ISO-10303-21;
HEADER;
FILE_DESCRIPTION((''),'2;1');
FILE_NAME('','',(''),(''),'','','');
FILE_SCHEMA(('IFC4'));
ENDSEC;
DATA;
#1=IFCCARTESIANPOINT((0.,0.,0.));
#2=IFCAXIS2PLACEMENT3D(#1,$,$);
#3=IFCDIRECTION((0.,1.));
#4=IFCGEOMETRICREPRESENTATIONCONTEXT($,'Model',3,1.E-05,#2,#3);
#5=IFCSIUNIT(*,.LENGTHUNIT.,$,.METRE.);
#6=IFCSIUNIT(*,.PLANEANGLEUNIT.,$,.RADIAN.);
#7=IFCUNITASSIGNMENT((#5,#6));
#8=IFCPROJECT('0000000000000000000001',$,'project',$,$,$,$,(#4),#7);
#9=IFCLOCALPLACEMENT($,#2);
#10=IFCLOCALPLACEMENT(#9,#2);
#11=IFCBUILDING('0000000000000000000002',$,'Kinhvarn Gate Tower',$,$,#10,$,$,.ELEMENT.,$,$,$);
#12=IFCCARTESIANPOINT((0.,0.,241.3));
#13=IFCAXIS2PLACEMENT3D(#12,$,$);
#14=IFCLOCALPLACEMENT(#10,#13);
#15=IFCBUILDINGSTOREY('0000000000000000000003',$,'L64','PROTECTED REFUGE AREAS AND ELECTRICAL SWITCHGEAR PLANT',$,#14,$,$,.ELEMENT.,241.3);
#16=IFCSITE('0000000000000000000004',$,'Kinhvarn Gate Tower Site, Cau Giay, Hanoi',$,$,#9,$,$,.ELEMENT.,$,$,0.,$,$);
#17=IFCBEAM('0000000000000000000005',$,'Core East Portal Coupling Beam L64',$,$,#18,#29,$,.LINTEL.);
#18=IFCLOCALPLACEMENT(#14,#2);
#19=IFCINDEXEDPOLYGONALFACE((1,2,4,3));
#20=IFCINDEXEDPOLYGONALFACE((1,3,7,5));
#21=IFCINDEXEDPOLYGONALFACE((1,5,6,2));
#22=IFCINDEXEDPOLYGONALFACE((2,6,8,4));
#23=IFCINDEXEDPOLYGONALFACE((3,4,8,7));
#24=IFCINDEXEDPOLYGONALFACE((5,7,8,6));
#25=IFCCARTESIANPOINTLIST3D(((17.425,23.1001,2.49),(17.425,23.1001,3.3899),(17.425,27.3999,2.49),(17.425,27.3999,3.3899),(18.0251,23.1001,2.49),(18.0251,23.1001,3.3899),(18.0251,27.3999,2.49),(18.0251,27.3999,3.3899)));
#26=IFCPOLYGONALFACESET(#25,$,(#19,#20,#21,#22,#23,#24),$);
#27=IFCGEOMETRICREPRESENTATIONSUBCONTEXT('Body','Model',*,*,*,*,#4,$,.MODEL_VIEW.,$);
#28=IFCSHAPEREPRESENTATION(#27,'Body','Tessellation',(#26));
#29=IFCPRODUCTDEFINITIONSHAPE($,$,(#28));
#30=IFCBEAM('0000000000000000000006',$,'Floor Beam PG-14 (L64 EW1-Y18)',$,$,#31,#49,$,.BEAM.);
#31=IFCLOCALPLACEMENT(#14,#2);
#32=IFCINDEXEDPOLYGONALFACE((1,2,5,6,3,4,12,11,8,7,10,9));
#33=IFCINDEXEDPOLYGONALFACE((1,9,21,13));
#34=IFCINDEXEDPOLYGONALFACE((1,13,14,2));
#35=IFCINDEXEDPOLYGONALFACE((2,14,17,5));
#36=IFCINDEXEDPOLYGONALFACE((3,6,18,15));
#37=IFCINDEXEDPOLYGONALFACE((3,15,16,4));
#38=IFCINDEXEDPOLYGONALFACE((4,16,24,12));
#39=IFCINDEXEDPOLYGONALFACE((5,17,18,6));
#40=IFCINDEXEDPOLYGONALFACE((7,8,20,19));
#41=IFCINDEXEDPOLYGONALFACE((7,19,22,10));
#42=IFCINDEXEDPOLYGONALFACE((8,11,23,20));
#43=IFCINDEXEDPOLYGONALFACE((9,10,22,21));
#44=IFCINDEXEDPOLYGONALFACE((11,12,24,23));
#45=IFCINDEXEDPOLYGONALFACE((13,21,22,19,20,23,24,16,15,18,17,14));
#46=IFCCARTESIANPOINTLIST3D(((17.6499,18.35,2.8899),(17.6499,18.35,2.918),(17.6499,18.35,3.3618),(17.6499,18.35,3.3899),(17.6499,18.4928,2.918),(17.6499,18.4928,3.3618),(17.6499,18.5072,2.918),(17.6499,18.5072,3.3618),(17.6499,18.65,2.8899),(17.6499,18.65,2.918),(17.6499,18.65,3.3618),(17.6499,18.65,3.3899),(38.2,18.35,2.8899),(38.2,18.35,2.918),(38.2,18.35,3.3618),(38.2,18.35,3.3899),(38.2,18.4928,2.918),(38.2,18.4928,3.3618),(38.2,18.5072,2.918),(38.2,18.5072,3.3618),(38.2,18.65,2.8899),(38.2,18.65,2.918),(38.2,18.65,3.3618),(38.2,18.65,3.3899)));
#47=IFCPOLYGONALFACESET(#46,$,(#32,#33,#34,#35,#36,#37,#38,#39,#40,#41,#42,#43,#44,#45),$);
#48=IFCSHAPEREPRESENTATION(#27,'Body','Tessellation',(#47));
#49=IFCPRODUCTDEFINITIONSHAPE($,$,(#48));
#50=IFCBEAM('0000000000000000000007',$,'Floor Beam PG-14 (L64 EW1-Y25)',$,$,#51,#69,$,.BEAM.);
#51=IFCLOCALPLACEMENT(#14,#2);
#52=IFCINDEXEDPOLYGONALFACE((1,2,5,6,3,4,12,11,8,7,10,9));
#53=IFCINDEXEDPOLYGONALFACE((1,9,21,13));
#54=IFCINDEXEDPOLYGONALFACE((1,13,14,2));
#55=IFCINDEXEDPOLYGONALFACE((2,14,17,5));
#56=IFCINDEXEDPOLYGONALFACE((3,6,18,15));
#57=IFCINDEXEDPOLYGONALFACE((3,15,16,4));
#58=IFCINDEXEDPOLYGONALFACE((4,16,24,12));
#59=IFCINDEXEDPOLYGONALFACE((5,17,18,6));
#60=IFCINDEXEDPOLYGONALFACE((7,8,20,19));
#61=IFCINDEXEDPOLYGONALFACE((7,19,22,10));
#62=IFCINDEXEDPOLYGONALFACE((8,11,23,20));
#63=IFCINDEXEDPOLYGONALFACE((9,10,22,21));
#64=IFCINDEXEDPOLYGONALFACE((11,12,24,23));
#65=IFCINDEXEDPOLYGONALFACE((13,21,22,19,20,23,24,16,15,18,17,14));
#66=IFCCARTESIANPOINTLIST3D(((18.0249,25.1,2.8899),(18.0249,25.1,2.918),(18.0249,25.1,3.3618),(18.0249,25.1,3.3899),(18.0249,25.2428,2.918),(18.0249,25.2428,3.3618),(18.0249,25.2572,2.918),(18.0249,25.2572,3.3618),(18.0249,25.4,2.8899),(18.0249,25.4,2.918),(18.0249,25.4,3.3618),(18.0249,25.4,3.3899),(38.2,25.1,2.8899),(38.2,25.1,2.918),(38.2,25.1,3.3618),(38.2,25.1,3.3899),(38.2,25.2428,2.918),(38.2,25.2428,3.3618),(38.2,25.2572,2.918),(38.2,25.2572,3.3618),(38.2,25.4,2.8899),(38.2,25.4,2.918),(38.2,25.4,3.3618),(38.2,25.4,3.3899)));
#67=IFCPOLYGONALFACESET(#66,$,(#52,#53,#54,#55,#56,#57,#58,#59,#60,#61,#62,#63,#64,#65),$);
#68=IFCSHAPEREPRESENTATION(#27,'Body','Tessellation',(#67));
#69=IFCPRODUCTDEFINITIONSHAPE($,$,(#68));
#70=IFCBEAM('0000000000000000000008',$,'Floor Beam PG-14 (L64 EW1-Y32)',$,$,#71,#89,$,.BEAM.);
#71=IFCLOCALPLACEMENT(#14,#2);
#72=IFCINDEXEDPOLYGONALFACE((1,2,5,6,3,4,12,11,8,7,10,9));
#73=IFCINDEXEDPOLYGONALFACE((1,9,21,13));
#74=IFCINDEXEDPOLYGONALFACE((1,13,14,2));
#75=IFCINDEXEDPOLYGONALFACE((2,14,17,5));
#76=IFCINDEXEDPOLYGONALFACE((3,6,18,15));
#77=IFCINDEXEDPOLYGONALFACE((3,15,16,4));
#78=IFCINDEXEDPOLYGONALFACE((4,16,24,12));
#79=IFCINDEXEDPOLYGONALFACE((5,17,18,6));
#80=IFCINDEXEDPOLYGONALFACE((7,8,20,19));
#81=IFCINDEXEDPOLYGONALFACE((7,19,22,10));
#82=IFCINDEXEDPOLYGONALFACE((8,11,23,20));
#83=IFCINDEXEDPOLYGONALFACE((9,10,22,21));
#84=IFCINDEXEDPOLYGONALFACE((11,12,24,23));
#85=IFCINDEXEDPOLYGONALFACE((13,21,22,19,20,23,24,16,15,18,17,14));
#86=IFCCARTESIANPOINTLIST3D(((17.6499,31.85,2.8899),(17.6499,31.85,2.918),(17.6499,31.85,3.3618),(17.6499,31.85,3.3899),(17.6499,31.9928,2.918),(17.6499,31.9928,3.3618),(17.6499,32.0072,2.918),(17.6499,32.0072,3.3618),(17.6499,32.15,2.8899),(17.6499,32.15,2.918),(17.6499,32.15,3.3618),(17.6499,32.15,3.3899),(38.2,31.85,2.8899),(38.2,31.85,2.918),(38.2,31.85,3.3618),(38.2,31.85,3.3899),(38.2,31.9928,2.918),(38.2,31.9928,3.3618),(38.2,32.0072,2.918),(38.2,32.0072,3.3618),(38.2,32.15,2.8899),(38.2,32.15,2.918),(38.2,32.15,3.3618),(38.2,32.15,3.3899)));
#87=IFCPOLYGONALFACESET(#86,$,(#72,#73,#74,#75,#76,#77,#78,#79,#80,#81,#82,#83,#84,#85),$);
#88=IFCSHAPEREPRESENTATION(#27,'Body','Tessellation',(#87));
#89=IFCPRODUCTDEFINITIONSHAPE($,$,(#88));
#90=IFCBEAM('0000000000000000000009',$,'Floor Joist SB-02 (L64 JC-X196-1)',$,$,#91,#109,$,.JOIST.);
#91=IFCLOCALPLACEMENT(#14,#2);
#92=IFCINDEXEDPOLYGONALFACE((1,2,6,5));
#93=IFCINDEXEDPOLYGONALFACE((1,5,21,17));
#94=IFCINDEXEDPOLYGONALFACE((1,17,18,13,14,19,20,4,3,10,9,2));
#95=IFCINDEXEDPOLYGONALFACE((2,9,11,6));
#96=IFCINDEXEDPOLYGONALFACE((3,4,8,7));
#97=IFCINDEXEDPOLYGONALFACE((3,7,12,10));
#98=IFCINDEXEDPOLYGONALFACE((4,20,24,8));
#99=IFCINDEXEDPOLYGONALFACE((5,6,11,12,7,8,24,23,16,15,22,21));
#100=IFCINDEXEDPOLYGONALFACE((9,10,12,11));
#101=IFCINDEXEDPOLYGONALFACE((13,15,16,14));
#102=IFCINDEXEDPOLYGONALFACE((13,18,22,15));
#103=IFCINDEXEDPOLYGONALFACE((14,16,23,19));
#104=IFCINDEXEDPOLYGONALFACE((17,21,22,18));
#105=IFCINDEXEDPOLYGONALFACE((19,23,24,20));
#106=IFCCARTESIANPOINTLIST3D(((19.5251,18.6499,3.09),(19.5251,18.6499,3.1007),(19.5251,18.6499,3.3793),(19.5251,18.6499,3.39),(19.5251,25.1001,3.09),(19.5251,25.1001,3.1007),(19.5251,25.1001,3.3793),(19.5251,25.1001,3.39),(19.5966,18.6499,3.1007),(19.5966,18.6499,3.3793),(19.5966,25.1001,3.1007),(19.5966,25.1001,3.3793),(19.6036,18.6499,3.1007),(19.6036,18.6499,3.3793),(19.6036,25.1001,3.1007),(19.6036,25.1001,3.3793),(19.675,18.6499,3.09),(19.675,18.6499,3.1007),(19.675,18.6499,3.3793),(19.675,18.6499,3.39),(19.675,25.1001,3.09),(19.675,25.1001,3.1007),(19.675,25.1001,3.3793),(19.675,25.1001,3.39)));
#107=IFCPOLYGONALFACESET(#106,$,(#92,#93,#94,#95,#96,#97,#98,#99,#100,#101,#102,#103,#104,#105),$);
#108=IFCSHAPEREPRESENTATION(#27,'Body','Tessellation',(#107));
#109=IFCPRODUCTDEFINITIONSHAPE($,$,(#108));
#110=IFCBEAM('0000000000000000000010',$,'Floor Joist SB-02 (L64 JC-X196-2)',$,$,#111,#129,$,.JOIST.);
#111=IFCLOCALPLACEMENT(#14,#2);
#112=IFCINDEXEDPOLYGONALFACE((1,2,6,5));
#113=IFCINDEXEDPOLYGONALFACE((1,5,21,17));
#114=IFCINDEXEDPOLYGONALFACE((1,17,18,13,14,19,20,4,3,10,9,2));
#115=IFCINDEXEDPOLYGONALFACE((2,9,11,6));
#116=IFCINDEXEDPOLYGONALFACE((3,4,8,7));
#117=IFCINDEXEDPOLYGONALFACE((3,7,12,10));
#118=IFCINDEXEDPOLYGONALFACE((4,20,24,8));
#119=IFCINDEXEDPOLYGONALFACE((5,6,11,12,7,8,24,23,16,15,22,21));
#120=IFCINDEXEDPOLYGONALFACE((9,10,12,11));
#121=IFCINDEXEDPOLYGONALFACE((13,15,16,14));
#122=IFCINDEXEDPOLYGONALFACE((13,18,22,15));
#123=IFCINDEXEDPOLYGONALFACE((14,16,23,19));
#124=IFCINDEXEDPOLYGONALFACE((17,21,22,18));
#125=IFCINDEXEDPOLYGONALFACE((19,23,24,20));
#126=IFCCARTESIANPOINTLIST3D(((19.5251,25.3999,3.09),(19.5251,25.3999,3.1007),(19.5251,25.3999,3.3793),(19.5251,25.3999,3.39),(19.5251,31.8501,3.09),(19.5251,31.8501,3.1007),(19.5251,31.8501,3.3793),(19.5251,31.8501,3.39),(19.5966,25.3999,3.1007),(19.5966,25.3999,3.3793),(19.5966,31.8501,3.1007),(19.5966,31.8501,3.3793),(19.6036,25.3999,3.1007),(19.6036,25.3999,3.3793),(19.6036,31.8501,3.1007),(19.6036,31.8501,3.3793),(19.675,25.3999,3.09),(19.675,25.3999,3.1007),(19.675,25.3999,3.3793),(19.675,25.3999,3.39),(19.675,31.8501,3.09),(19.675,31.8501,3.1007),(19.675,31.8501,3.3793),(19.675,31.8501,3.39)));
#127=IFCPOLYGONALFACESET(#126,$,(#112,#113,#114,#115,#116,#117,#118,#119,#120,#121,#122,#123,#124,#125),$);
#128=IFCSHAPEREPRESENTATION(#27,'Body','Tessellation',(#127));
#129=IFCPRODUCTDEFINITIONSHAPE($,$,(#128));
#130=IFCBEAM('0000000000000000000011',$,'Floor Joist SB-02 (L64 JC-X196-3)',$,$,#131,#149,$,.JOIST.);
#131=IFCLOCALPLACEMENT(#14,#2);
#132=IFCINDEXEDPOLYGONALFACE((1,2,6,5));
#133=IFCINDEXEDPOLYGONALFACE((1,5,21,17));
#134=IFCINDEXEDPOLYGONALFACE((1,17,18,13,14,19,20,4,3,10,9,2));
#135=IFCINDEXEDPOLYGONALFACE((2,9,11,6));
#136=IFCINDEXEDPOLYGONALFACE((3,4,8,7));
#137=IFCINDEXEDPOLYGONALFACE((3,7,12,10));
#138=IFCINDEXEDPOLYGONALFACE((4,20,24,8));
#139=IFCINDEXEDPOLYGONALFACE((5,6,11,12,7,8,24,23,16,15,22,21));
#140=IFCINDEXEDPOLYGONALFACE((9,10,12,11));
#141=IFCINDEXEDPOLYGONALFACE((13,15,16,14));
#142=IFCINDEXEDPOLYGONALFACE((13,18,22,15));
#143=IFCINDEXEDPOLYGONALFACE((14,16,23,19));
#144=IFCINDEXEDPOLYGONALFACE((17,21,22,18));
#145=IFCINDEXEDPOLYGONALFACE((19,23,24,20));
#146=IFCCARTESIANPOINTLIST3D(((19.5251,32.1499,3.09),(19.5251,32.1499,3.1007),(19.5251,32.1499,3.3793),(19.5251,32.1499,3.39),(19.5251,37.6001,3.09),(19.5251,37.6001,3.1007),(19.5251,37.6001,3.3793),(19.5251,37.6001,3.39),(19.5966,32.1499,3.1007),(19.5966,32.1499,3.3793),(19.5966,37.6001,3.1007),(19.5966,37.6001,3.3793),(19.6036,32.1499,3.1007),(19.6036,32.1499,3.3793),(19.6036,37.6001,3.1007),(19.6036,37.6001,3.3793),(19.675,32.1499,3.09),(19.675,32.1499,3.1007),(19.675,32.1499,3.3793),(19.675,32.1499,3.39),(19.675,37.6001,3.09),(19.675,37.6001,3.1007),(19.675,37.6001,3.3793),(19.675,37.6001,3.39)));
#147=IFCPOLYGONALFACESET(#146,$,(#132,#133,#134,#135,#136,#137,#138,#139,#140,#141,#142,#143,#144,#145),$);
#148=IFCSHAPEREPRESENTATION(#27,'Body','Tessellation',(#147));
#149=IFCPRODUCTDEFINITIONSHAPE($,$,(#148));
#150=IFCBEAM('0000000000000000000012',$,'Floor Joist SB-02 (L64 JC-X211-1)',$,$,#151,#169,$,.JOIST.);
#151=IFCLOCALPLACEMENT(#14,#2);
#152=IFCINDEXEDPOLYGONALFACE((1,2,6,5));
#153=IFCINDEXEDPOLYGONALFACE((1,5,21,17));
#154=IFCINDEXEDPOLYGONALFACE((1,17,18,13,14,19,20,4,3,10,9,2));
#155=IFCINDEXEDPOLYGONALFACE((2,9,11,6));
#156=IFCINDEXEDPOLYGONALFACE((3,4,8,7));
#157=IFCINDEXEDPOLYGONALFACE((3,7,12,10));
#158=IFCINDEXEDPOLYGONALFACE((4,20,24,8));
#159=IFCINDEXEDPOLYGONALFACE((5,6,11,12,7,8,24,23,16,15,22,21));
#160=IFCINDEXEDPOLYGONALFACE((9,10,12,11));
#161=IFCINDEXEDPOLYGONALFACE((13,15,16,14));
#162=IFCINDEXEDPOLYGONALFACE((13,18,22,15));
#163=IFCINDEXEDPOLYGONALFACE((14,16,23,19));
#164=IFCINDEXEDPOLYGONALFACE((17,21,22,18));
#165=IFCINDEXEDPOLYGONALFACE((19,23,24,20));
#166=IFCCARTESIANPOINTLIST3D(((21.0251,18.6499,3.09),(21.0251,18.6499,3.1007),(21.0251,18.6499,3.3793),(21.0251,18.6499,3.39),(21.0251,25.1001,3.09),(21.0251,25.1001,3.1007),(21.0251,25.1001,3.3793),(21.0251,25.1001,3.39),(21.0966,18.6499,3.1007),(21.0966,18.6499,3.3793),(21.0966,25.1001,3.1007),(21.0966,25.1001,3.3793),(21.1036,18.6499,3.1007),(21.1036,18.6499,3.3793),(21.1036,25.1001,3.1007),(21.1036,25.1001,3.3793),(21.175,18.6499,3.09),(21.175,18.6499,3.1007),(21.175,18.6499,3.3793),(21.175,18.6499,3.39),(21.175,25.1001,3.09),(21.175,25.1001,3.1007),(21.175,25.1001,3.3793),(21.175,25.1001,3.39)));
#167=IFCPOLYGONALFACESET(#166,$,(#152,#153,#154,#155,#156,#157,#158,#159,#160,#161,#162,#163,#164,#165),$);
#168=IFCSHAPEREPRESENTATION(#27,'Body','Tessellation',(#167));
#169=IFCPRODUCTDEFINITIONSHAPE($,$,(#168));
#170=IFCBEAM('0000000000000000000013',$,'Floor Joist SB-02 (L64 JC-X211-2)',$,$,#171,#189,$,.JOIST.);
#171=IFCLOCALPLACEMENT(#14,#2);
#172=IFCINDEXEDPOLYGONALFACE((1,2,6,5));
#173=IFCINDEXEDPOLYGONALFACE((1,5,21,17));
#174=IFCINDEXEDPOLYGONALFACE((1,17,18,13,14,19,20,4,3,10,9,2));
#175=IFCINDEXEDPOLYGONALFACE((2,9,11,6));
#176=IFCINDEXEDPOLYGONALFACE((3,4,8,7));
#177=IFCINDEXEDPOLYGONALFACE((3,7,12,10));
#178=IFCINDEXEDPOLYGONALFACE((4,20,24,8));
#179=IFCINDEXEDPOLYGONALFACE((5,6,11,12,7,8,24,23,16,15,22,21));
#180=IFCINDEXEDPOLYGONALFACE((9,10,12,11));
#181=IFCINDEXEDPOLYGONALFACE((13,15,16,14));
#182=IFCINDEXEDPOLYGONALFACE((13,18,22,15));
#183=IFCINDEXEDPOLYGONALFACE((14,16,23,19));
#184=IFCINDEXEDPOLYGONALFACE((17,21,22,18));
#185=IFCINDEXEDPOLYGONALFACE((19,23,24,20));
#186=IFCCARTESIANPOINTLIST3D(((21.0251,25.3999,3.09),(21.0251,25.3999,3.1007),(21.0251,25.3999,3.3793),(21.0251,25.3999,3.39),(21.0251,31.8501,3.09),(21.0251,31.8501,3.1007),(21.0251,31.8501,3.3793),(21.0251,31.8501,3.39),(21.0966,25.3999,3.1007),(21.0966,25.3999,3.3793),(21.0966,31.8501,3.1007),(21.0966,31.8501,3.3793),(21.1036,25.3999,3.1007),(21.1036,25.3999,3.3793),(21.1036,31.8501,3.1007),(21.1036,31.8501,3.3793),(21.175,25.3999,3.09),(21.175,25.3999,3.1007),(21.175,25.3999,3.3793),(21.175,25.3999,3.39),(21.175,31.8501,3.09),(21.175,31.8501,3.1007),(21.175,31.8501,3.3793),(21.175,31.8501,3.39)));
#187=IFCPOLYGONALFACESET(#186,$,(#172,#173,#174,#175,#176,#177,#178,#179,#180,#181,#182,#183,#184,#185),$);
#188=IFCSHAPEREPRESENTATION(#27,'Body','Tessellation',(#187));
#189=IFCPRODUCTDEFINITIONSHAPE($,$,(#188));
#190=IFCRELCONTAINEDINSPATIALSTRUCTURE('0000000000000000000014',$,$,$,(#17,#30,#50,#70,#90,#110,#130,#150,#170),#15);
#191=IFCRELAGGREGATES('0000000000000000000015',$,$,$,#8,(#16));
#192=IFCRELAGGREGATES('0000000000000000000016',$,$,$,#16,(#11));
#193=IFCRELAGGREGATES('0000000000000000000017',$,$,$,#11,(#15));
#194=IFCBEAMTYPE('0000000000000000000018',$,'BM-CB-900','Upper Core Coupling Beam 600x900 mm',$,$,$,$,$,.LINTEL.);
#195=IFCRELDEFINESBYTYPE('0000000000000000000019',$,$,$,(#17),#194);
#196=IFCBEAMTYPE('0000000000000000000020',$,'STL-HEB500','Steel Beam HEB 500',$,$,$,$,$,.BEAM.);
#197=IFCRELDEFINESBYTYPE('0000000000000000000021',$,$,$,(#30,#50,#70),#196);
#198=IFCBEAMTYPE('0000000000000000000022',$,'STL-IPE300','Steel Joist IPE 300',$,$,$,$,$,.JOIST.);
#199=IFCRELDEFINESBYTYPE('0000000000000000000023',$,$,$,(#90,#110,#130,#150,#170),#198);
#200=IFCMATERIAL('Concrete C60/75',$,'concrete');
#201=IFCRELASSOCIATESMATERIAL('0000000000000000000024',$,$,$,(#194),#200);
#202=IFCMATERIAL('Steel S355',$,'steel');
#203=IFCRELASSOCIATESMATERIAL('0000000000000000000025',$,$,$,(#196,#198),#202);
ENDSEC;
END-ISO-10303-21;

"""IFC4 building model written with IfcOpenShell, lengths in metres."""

from ifc_helpers import new_model, si_unit, direction, frame, origin, origin_2d, place, context, subcontext, project, spatial, rectangle, i_section, extrude, material, material_profile, profile_set, type_object, element, save


model = new_model("IFC4")

# Units and contexts
model_context = context("Model", 3, precision=1e-05, world=origin(), true_north=direction((0.0, 1.0)))
body_context = subcontext(model_context, "Body", "Model", "MODEL_VIEW")
ifc_project = project(units=[si_unit("LENGTHUNIT", "METRE"), si_unit("PLANEANGLEUNIT", "RADIAN")], contexts=[model_context])

# Site, building, storey
site_placement = place(None, origin())
site = spatial("IfcSite", under=ifc_project, at=site_placement, Name="Kinhvarn Gate Tower Site, Cau Giay, Hanoi", CompositionType="ELEMENT", RefElevation=0.0)
building_placement = place(site_placement, origin())
building = spatial("IfcBuilding", under=site, at=building_placement, Name="Kinhvarn Gate Tower", CompositionType="ELEMENT")
storey_placement = place(building_placement, frame((0.0, 0.0, 241.3)))
storey = spatial("IfcBuildingStorey", under=building, at=storey_placement, Name="L64", Description="PROTECTED REFUGE AREAS AND ELECTRICAL SWITCHGEAR PLANT", CompositionType="ELEMENT", Elevation=241.3)

# Beams
ifc_material_1 = material(Name="Concrete C60/75", Category="concrete")
ifc_material_profile_1 = material_profile(ifc_material_1, rectangle(XDim=0.6001, YDim=0.8999, at=origin_2d()), Name="RC 600x900")
ifc_profile_set_1 = profile_set([ifc_material_profile_1], Name="Concrete C60/75")
beam_type_1 = type_object("IfcBeamType", Name="BM-CB-900", Description="Upper Core Coupling Beam 600x900 mm", PredefinedType="LINTEL", material=ifc_profile_set_1)
beam_1_placement = place(storey_placement, frame((17.7251, 23.1001, 2.9399), z_axis=(0.0, 1.0, 0.0), x_axis=(-1.0, 0.0, 0.0)))
element("IfcBeam", 1, at=beam_1_placement, inside=storey, type_object=beam_type_1, Name="Core East Portal Coupling Beam L64", PredefinedType="LINTEL", context=body_context, shape_type="SweptSolid", body=[
    extrude(rectangle(XDim=0.6001, YDim=0.8999, at=origin_2d()), origin(), (0.0, 0.0, 1.0), 4.2998),
])
ifc_material_2 = material(Name="Steel S355", Category="steel")
ifc_material_profile_2 = material_profile(ifc_material_2, i_section(OverallWidth=0.3, OverallDepth=0.5, WebThickness=0.0144, FlangeThickness=0.0281, at=origin_2d()), Name="HEB 500")
ifc_profile_set_2 = profile_set([ifc_material_profile_2], Name="Steel S355")
beam_type_2 = type_object("IfcBeamType", Name="STL-HEB500", Description="Steel Beam HEB 500", PredefinedType="BEAM", material=ifc_profile_set_2)
beam_2_placement = place(storey_placement, frame((17.6499, 18.5, 3.1399), z_axis=(1.0, 0.0, 0.0), x_axis=(0.0, 1.0, 0.0)))
element("IfcBeam", 2, at=beam_2_placement, inside=storey, type_object=beam_type_2, Name="Floor Beam PG-14 (L64 EW1-Y18)", PredefinedType="BEAM", context=body_context, shape_type="SweptSolid", body=[
    extrude(i_section(OverallWidth=0.3, OverallDepth=0.5, WebThickness=0.0144, FlangeThickness=0.0281, at=origin_2d()), origin(), (0.0, 0.0, 1.0), 20.55),
])
beam_3_placement = place(storey_placement, frame((18.0249, 25.25, 3.1399), z_axis=(1.0, 0.0, 0.0), x_axis=(0.0, 1.0, 0.0)))
element("IfcBeam", 3, at=beam_3_placement, inside=storey, type_object=beam_type_2, Name="Floor Beam PG-14 (L64 EW1-Y25)", PredefinedType="BEAM", context=body_context, shape_type="SweptSolid", body=[
    extrude(i_section(OverallWidth=0.3, OverallDepth=0.5, WebThickness=0.0144, FlangeThickness=0.0281, at=origin_2d()), origin(), (0.0, 0.0, 1.0), 20.175),
])
beam_4_placement = place(storey_placement, frame((17.6499, 32.0, 3.1399), z_axis=(1.0, 0.0, 0.0), x_axis=(0.0, 1.0, 0.0)))
element("IfcBeam", 4, at=beam_4_placement, inside=storey, type_object=beam_type_2, Name="Floor Beam PG-14 (L64 EW1-Y32)", PredefinedType="BEAM", context=body_context, shape_type="SweptSolid", body=[
    extrude(i_section(OverallWidth=0.3, OverallDepth=0.5, WebThickness=0.0144, FlangeThickness=0.0281, at=origin_2d()), origin(), (0.0, 0.0, 1.0), 20.55),
])
ifc_material_profile_3 = material_profile(ifc_material_2, i_section(OverallWidth=0.1499, OverallDepth=0.3, WebThickness=0.0071, FlangeThickness=0.0107, at=origin_2d()), Name="IPE 300")
ifc_profile_set_3 = profile_set([ifc_material_profile_3], Name="Steel S355")
beam_type_3 = type_object("IfcBeamType", Name="STL-IPE300", Description="Steel Joist IPE 300", PredefinedType="JOIST", material=ifc_profile_set_3)
for number, where, z_axis, x_axis, name in (
    (5, (19.6001, 18.6499, 3.24), (0.0, 1.0, 0.0), (-1.0, 0.0, 0.0), "Floor Joist SB-02 (L64 JC-X196-1)"),
    (6, (19.6001, 25.3999, 3.24), (0.0, 1.0, 0.0), (-1.0, 0.0, 0.0), "Floor Joist SB-02 (L64 JC-X196-2)"),
):
    element("IfcBeam", number, at=place(storey_placement, frame(where, z_axis=z_axis, x_axis=x_axis)), inside=storey, type_object=beam_type_3, Name=name, PredefinedType="JOIST", context=body_context, shape_type="SweptSolid", body=[
        extrude(i_section(OverallWidth=0.1499, OverallDepth=0.3, WebThickness=0.0071, FlangeThickness=0.0107, at=origin_2d()), origin(), (0.0, 0.0, 1.0), 6.4502),
    ])
beam_5_placement = place(storey_placement, frame((19.6001, 32.1499, 3.24), z_axis=(0.0, 1.0, 0.0), x_axis=(-1.0, 0.0, 0.0)))
element("IfcBeam", 7, at=beam_5_placement, inside=storey, type_object=beam_type_3, Name="Floor Joist SB-02 (L64 JC-X196-3)", PredefinedType="JOIST", context=body_context, shape_type="SweptSolid", body=[
    extrude(i_section(OverallWidth=0.1499, OverallDepth=0.3, WebThickness=0.0071, FlangeThickness=0.0107, at=origin_2d()), origin(), (0.0, 0.0, 1.0), 5.4502),
])
for number, where, z_axis, x_axis, name in (
    (8, (21.1001, 18.6499, 3.24), (0.0, 1.0, 0.0), (-1.0, 0.0, 0.0), "Floor Joist SB-02 (L64 JC-X211-1)"),
    (9, (21.1001, 25.3999, 3.24), (0.0, 1.0, 0.0), (-1.0, 0.0, 0.0), "Floor Joist SB-02 (L64 JC-X211-2)"),
):
    element("IfcBeam", number, at=place(storey_placement, frame(where, z_axis=z_axis, x_axis=x_axis)), inside=storey, type_object=beam_type_3, Name=name, PredefinedType="JOIST", context=body_context, shape_type="SweptSolid", body=[
        extrude(i_section(OverallWidth=0.1499, OverallDepth=0.3, WebThickness=0.0071, FlangeThickness=0.0107, at=origin_2d()), origin(), (0.0, 0.0, 1.0), 6.4502),
    ])

save(model, "model.ifc")
